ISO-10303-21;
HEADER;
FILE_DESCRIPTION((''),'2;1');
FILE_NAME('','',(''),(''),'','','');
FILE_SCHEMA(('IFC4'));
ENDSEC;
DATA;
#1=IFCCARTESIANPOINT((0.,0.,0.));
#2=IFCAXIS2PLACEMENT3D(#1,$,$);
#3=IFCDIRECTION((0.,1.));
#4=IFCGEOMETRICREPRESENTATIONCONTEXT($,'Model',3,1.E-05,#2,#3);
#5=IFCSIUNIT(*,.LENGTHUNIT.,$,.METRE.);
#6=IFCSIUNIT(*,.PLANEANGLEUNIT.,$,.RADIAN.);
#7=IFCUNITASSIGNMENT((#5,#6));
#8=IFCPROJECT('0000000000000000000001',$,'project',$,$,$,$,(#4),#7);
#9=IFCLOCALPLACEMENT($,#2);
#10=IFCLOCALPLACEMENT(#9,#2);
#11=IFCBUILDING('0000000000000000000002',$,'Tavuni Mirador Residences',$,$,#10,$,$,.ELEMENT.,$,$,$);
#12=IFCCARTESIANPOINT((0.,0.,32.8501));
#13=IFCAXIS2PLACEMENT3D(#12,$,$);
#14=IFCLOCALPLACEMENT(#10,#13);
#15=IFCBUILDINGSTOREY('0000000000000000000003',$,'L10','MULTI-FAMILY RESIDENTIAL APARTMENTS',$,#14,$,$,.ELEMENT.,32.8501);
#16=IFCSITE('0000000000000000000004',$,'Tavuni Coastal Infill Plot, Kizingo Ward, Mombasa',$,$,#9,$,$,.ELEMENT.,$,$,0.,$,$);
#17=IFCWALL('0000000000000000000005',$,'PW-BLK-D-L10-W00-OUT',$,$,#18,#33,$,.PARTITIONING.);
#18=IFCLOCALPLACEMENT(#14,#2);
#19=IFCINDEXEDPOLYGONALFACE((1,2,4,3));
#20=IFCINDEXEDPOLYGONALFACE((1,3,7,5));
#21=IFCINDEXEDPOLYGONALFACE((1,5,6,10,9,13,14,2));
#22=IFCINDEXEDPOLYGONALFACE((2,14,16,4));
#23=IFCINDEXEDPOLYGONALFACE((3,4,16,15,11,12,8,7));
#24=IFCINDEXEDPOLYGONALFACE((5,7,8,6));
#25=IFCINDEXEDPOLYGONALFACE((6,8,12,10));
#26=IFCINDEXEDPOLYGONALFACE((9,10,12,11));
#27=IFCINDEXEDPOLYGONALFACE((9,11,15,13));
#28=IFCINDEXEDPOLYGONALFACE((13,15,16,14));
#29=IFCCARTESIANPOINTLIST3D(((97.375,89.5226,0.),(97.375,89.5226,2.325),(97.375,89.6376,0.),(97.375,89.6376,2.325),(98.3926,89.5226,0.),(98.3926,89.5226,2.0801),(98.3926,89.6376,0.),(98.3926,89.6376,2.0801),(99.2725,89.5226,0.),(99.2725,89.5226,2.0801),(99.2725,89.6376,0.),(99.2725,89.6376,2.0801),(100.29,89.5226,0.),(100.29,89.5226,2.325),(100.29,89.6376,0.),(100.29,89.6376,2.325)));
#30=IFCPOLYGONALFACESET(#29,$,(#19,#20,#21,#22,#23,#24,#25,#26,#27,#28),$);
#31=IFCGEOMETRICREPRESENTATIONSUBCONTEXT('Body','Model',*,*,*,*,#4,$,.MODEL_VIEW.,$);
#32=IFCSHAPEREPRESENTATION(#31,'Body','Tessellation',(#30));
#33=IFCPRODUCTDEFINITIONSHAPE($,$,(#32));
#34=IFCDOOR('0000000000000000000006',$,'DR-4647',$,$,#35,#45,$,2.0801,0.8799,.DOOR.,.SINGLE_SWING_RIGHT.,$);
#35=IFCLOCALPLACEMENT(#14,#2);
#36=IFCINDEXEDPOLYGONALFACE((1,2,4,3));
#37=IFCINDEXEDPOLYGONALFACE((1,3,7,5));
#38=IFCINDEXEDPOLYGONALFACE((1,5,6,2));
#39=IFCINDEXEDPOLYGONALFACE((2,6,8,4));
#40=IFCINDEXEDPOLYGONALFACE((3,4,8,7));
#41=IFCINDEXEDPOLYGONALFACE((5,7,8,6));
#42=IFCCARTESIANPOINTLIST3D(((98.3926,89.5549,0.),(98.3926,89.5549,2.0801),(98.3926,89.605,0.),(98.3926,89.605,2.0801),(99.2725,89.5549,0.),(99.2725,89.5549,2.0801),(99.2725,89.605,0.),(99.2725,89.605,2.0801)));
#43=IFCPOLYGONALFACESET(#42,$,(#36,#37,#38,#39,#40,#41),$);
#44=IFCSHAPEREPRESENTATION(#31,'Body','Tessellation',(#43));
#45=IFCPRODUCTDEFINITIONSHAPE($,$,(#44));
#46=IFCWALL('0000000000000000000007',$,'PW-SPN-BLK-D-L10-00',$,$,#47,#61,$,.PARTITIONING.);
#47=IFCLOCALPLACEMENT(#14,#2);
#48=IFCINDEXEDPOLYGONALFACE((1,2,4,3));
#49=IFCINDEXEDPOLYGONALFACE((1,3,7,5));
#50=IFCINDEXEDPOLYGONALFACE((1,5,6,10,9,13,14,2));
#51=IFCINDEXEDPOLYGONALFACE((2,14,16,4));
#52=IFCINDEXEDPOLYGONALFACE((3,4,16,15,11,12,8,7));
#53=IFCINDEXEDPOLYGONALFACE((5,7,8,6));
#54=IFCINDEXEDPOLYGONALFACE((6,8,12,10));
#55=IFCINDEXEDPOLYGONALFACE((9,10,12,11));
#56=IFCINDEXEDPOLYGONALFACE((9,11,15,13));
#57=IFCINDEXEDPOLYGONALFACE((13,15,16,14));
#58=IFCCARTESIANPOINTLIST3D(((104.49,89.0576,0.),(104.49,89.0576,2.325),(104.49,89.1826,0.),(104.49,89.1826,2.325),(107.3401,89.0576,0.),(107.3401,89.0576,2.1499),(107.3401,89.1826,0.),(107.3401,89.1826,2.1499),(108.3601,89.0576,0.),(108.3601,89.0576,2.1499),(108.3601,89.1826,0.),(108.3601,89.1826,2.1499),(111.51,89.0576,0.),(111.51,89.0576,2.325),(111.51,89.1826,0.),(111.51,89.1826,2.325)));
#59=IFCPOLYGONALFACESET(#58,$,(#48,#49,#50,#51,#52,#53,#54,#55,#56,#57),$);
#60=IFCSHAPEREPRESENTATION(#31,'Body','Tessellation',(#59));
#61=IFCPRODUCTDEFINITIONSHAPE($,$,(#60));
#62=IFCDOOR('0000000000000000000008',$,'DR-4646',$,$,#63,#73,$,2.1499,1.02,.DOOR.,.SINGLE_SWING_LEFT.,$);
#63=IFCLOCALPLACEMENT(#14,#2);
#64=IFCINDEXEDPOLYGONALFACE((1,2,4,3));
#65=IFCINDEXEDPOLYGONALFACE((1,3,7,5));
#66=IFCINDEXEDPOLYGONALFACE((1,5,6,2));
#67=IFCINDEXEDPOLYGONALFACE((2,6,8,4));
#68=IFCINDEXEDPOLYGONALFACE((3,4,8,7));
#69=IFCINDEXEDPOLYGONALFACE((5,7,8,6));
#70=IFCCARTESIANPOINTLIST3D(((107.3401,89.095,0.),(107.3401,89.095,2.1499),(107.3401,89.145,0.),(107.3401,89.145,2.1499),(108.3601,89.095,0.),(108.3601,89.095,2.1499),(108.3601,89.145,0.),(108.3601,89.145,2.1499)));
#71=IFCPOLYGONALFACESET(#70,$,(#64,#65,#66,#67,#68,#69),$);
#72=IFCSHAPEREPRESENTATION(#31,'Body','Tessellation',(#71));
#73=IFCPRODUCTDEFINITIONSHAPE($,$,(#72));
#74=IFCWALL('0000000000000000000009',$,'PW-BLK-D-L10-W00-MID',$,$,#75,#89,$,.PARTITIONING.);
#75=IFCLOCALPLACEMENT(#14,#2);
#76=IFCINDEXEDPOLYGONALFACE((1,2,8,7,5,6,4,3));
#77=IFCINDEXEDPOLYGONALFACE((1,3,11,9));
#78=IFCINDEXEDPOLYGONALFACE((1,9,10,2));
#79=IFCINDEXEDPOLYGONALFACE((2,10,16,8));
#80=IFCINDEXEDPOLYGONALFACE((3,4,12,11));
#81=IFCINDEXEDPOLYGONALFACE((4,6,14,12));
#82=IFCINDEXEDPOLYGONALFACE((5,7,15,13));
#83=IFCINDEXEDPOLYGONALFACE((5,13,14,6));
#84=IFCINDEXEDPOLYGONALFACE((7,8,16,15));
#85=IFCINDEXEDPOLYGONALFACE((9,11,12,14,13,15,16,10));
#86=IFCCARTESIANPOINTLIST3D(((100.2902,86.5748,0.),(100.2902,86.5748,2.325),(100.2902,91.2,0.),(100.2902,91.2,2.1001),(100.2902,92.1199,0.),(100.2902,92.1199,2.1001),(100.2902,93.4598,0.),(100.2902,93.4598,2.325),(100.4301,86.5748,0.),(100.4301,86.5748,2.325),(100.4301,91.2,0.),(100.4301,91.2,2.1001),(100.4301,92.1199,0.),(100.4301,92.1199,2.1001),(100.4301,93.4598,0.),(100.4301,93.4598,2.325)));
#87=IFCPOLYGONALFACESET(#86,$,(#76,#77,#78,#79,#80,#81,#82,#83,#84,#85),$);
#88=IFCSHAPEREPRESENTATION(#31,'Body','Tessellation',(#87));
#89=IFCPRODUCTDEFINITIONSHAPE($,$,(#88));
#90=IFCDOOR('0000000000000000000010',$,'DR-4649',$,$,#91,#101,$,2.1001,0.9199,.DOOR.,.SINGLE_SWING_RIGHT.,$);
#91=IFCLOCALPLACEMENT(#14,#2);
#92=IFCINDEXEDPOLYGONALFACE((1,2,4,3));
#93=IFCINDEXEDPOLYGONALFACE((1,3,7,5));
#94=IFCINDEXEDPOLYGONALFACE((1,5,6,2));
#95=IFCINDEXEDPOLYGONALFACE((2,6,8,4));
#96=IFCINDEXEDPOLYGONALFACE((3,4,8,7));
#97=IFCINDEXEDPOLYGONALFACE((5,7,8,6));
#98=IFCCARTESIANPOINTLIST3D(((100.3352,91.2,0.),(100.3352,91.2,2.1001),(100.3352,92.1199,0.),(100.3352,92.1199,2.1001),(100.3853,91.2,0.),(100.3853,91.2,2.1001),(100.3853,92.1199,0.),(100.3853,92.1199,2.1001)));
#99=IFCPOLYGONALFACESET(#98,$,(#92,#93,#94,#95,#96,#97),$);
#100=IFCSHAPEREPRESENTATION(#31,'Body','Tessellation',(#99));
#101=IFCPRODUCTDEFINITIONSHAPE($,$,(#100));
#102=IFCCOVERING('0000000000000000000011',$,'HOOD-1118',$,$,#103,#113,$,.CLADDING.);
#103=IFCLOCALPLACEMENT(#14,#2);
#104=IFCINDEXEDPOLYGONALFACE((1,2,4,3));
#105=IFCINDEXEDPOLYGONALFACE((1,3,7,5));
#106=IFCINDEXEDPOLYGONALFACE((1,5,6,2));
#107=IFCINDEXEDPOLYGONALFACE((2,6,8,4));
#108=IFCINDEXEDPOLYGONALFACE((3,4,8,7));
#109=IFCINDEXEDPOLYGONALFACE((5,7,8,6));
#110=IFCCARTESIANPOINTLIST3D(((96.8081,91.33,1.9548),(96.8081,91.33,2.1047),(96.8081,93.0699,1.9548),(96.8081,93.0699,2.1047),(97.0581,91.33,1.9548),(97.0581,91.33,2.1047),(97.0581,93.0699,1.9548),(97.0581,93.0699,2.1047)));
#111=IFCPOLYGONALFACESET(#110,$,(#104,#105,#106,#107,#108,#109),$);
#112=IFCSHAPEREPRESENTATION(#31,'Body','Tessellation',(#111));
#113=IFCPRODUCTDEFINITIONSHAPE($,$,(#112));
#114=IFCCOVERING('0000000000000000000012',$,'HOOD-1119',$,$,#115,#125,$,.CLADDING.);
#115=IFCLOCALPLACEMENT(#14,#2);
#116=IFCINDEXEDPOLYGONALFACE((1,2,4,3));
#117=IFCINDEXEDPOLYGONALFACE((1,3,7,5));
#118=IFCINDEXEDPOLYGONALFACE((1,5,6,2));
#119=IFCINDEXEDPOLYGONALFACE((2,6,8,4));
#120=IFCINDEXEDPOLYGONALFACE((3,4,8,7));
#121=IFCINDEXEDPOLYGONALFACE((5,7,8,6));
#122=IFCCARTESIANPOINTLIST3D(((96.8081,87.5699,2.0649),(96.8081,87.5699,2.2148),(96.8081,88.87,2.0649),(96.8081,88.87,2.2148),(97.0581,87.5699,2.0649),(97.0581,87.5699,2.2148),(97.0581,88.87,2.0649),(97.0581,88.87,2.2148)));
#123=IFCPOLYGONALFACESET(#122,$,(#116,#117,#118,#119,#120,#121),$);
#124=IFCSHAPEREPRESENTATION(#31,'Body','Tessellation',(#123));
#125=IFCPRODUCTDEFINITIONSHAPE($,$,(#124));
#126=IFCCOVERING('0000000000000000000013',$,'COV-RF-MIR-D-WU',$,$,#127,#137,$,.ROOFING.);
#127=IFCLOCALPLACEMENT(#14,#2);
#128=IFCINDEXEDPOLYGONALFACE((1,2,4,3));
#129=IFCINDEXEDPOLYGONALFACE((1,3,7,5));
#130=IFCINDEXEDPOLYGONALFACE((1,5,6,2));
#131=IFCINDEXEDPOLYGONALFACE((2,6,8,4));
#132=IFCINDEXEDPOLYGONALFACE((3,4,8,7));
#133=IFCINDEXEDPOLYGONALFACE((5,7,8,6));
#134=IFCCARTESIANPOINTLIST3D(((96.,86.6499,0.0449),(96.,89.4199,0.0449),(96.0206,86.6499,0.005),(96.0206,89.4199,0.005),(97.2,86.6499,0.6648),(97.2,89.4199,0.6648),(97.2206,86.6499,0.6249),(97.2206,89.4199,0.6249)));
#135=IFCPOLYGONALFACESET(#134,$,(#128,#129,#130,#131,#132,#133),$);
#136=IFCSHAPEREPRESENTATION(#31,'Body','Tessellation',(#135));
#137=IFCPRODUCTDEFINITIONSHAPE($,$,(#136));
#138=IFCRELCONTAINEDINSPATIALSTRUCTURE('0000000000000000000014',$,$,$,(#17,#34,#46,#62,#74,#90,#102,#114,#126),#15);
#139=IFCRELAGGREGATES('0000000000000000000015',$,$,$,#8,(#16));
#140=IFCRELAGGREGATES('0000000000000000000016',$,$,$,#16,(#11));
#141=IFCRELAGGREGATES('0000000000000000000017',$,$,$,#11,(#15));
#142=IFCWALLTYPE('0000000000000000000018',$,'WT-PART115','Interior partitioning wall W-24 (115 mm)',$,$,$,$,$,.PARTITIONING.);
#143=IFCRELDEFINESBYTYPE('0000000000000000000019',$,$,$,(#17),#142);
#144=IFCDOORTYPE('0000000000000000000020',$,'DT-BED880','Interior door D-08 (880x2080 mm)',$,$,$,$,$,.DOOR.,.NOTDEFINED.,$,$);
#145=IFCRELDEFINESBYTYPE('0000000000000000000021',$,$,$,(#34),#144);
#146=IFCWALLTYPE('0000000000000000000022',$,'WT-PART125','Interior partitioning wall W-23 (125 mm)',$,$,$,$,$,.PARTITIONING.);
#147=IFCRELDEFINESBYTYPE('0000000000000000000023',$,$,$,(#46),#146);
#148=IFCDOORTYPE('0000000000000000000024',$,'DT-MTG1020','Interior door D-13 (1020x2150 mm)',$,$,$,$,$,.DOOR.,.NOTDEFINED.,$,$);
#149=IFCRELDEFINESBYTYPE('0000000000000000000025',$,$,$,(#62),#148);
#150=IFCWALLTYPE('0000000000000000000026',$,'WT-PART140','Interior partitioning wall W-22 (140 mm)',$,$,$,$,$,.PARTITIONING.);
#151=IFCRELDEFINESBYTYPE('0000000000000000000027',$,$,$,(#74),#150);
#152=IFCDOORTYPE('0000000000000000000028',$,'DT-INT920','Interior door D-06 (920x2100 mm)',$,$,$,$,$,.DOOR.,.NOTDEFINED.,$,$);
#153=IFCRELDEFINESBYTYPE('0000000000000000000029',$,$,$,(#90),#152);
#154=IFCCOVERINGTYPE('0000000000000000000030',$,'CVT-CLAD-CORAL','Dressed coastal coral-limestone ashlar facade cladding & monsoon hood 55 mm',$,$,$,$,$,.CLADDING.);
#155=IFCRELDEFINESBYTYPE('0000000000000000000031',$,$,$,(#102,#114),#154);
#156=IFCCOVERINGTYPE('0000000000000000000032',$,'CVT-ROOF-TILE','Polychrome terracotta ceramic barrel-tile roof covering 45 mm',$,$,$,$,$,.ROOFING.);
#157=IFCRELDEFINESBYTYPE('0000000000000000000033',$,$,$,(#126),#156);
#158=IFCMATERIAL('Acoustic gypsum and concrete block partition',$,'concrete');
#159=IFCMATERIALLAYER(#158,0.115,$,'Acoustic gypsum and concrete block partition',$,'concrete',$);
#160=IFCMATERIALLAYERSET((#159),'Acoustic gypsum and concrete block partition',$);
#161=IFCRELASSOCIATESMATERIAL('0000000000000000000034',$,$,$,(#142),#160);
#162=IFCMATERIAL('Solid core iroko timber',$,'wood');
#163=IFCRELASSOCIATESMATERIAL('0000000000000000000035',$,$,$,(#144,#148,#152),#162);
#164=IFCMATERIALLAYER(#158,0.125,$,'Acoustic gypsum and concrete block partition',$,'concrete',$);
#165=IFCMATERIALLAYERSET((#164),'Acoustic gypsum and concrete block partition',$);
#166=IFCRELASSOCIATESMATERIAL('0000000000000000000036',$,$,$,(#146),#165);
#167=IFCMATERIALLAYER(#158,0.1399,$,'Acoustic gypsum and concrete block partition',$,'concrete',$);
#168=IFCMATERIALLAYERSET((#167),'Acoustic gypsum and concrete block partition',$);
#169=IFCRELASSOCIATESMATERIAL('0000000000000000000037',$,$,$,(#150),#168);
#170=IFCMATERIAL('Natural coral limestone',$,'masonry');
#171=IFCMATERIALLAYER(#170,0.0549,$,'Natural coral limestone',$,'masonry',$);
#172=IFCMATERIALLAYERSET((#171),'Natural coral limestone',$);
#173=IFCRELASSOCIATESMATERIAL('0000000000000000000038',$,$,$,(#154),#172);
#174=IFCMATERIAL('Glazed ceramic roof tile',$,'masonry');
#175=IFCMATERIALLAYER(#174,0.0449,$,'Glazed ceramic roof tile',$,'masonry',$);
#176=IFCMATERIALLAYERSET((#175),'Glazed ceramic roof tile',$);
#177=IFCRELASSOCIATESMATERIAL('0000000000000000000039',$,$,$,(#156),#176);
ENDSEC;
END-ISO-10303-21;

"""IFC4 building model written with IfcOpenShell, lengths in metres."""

from ifc_helpers import new_model, si_unit, direction, frame, frame_2d, origin, origin_2d, place, context, subcontext, project, spatial, polyline, rectangle, outline, extrude, material, layer, layer_set, type_object, element, fill, save


model = new_model("IFC4")

# Units and contexts
model_context = context("Model", 3, precision=1e-05, world=origin(), true_north=direction((0.0, 1.0)))
body_context = subcontext(model_context, "Body", "Model", "MODEL_VIEW")
ifc_project = project(units=[si_unit("LENGTHUNIT", "METRE"), si_unit("PLANEANGLEUNIT", "RADIAN")], contexts=[model_context])

# Site, building, storey
site_placement = place(None, origin())
site = spatial("IfcSite", under=ifc_project, at=site_placement, Name="Tavuni Coastal Infill Plot, Kizingo Ward, Mombasa", CompositionType="ELEMENT", RefElevation=0.0)
building_placement = place(site_placement, origin())
building = spatial("IfcBuilding", under=site, at=building_placement, Name="Tavuni Mirador Residences", CompositionType="ELEMENT")
storey_placement = place(building_placement, frame((0.0, 0.0, 32.8501)))
storey = spatial("IfcBuildingStorey", under=building, at=storey_placement, Name="L10", Description="MULTI-FAMILY RESIDENTIAL APARTMENTS", CompositionType="ELEMENT", Elevation=32.8501)

# Shared definitions
ifc_material_1 = material(Name="Solid core iroko timber", Category="wood")

# Walls, openings, doors
ifc_material_2 = material(Name="Acoustic gypsum and concrete block partition", Category="concrete")
ifc_layer_1 = layer(ifc_material_2, 0.115, Name="Acoustic gypsum and concrete block partition", Category="concrete")
ifc_layer_set_1 = layer_set([ifc_layer_1], Name="Acoustic gypsum and concrete block partition")
wall_type_1 = type_object("IfcWallType", Name="WT-PART115", Description="Interior partitioning wall W-24 (115 mm)", PredefinedType="PARTITIONING", material=ifc_layer_set_1)
wall_1_placement = place(storey_placement, frame((97.375, 89.5801, 0.0), z_axis=(0.0, 0.0, 1.0), x_axis=(1.0, 0.0, 0.0)))
wall_1 = element("IfcWall", 1, at=wall_1_placement, inside=storey, type_object=wall_type_1, Name="PW-BLK-D-L10-W00-OUT", PredefinedType="PARTITIONING", context=body_context, shape_type="SweptSolid", body=[
    extrude(rectangle(XDim=2.915, YDim=0.115, at=frame_2d((1.4575, 0.0))), origin(), (0.0, 0.0, 1.0), 2.325),
])
opening_1_placement = place(wall_1_placement, frame((1.0176, 0.0, 0.0)))
opening_1 = element("IfcOpeningElement", 2, at=opening_1_placement, cuts=wall_1, PredefinedType="OPENING", context=body_context, shape_type="SweptSolid", body=[
    extrude(rectangle(XDim=0.8799, YDim=2.0801, at=frame_2d((0.4399, 1.04))), frame((0.0, 0.0674, 0.0), z_axis=(0.0, -1.0, 0.0), x_axis=(1.0, 0.0, 0.0)), (0.0, 0.0, 1.0), 0.135),
])
door_type_1 = type_object("IfcDoorType", Name="DT-BED880", Description="Interior door D-08 (880x2080 mm)", OperationType="NOTDEFINED", PredefinedType="DOOR", material=ifc_material_1)
door_1_placement = place(opening_1_placement, origin())
door_1 = element("IfcDoor", 3, at=door_1_placement, inside=storey, type_object=door_type_1, Name="DR-4647", OperationType="SINGLE_SWING_RIGHT", OverallHeight=2.0801, OverallWidth=0.8799, PredefinedType="DOOR", context=body_context, shape_type="SweptSolid", body=[
    extrude(rectangle(XDim=0.8799, YDim=2.0801, at=frame_2d((0.4399, 1.04))), frame((0.0, 0.0249, 0.0), z_axis=(0.0, -1.0, 0.0), x_axis=(1.0, 0.0, 0.0)), (0.0, 0.0, 1.0), 0.05),
])
fill(opening_1, door_1)
ifc_layer_2 = layer(ifc_material_2, 0.125, Name="Acoustic gypsum and concrete block partition", Category="concrete")
ifc_layer_set_2 = layer_set([ifc_layer_2], Name="Acoustic gypsum and concrete block partition")
wall_type_2 = type_object("IfcWallType", Name="WT-PART125", Description="Interior partitioning wall W-23 (125 mm)", PredefinedType="PARTITIONING", material=ifc_layer_set_2)
wall_2_placement = place(storey_placement, frame((104.49, 89.1201, 0.0), z_axis=(0.0, 0.0, 1.0), x_axis=(1.0, 0.0, 0.0)))
wall_2 = element("IfcWall", 4, at=wall_2_placement, inside=storey, type_object=wall_type_2, Name="PW-SPN-BLK-D-L10-00", PredefinedType="PARTITIONING", context=body_context, shape_type="SweptSolid", body=[
    extrude(rectangle(XDim=7.02, YDim=0.125, at=frame_2d((3.51, 0.0))), origin(), (0.0, 0.0, 1.0), 2.325),
])
opening_2_placement = place(wall_2_placement, frame((2.8501, 0.0, 0.0)))
opening_2 = element("IfcOpeningElement", 5, at=opening_2_placement, cuts=wall_2, PredefinedType="OPENING", context=body_context, shape_type="SweptSolid", body=[
    extrude(rectangle(XDim=1.02, YDim=2.1499, at=frame_2d((0.51, 1.075))), frame((0.0, 0.0725, 0.0), z_axis=(0.0, -1.0, 0.0), x_axis=(1.0, 0.0, 0.0)), (0.0, 0.0, 1.0), 0.145),
])
door_type_2 = type_object("IfcDoorType", Name="DT-MTG1020", Description="Interior door D-13 (1020x2150 mm)", OperationType="NOTDEFINED", PredefinedType="DOOR", material=ifc_material_1)
door_2_placement = place(opening_2_placement, origin())
door_2 = element("IfcDoor", 6, at=door_2_placement, inside=storey, type_object=door_type_2, Name="DR-4646", OperationType="SINGLE_SWING_LEFT", OverallHeight=2.1499, OverallWidth=1.02, PredefinedType="DOOR", context=body_context, shape_type="SweptSolid", body=[
    extrude(rectangle(XDim=1.02, YDim=2.1499, at=frame_2d((0.51, 1.075))), frame((0.0, 0.0249, 0.0), z_axis=(0.0, -1.0, 0.0), x_axis=(1.0, 0.0, 0.0)), (0.0, 0.0, 1.0), 0.05),
])
fill(opening_2, door_2)
ifc_layer_3 = layer(ifc_material_2, 0.1399, Name="Acoustic gypsum and concrete block partition", Category="concrete")
ifc_layer_set_3 = layer_set([ifc_layer_3], Name="Acoustic gypsum and concrete block partition")
wall_type_3 = type_object("IfcWallType", Name="WT-PART140", Description="Interior partitioning wall W-22 (140 mm)", PredefinedType="PARTITIONING", material=ifc_layer_set_3)
wall_3_placement = place(storey_placement, frame((100.3601, 86.575, 0.0), z_axis=(0.0, 0.0, 1.0), x_axis=(0.0, 1.0, 0.0)))
wall_3 = element("IfcWall", 7, at=wall_3_placement, inside=storey, type_object=wall_type_3, Name="PW-BLK-D-L10-W00-MID", PredefinedType="PARTITIONING", context=body_context, shape_type="SweptSolid", body=[
    extrude(rectangle(XDim=6.885, YDim=0.1399, at=frame_2d((3.4424, 0.0))), origin(), (0.0, 0.0, 1.0), 2.325),
])
opening_3_placement = place(wall_3_placement, frame((4.625, 0.0, 0.0)))
opening_3 = element("IfcOpeningElement", 8, at=opening_3_placement, cuts=wall_3, PredefinedType="OPENING", context=body_context, shape_type="SweptSolid", body=[
    extrude(rectangle(XDim=0.9199, YDim=2.1001, at=frame_2d((0.46, 1.05))), frame((0.0, 0.0801, 0.0), z_axis=(0.0, -1.0, 0.0), x_axis=(1.0, 0.0, 0.0)), (0.0, 0.0, 1.0), 0.1599),
])
door_type_3 = type_object("IfcDoorType", Name="DT-INT920", Description="Interior door D-06 (920x2100 mm)", OperationType="NOTDEFINED", PredefinedType="DOOR", material=ifc_material_1)
door_3_placement = place(opening_3_placement, origin())
door_3 = element("IfcDoor", 9, at=door_3_placement, inside=storey, type_object=door_type_3, Name="DR-4649", OperationType="SINGLE_SWING_RIGHT", OverallHeight=2.1001, OverallWidth=0.9199, PredefinedType="DOOR", context=body_context, shape_type="SweptSolid", body=[
    extrude(rectangle(XDim=0.9199, YDim=2.1001, at=frame_2d((0.46, 1.05))), frame((0.0, 0.0249, 0.0), z_axis=(0.0, -1.0, 0.0), x_axis=(1.0, 0.0, 0.0)), (0.0, 0.0, 1.0), 0.05),
])
fill(opening_3, door_3)

# Coverings
ifc_material_3 = material(Name="Natural coral limestone", Category="masonry")
ifc_layer_4 = layer(ifc_material_3, 0.0549, Name="Natural coral limestone", Category="masonry")
ifc_layer_set_4 = layer_set([ifc_layer_4], Name="Natural coral limestone")
covering_type_1 = type_object("IfcCoveringType", Name="CVT-CLAD-CORAL", Description="Dressed coastal coral-limestone ashlar facade cladding & monsoon hood 55 mm", PredefinedType="CLADDING", material=ifc_layer_set_4)
covering_1_placement = place(storey_placement, frame((96.9331, 92.2, 1.9548), z_axis=(0.0, 0.0, 1.0), x_axis=(0.0, -1.0, 0.0)))
element("IfcCovering", 10, at=covering_1_placement, inside=storey, type_object=covering_type_1, Name="HOOD-1118", PredefinedType="CLADDING", context=body_context, shape_type="SweptSolid", body=[
    extrude(rectangle(XDim=1.74, YDim=0.25, at=origin_2d()), origin(), (0.0, 0.0, 1.0), 0.1499),
])
covering_2_placement = place(storey_placement, frame((96.9331, 88.22, 2.0649), z_axis=(0.0, 0.0, 1.0), x_axis=(0.0, -1.0, 0.0)))
element("IfcCovering", 11, at=covering_2_placement, inside=storey, type_object=covering_type_1, Name="HOOD-1119", PredefinedType="CLADDING", context=body_context, shape_type="SweptSolid", body=[
    extrude(rectangle(XDim=1.3, YDim=0.25, at=origin_2d()), origin(), (0.0, 0.0, 1.0), 0.1499),
])
ifc_material_4 = material(Name="Glazed ceramic roof tile", Category="masonry")
ifc_layer_5 = layer(ifc_material_4, 0.0449, Name="Glazed ceramic roof tile", Category="masonry")
ifc_layer_set_5 = layer_set([ifc_layer_5], Name="Glazed ceramic roof tile")
covering_type_2 = type_object("IfcCoveringType", Name="CVT-ROOF-TILE", Description="Polychrome terracotta ceramic barrel-tile roof covering 45 mm", PredefinedType="ROOFING", material=ifc_layer_set_5)
covering_3_placement = place(storey_placement, frame((97.2, 86.6499, 0.6648), z_axis=(-0.458961, 0.0, 0.888457), x_axis=(0.0, 1.0, 0.0)))
element("IfcCovering", 12, at=covering_3_placement, inside=storey, type_object=covering_type_2, Name="COV-RF-MIR-D-WU", PredefinedType="ROOFING", context=body_context, shape_type="SweptSolid", body=[
    extrude(outline(polyline([(0.0, 0.0), (2.77, 0.0), (2.77, 1.3506), (0.0, 1.3506), (0.0, 0.0)])), origin(), (0.0, 0.0, -1.0), 0.0449),
])

save(model, "model.ifc")
